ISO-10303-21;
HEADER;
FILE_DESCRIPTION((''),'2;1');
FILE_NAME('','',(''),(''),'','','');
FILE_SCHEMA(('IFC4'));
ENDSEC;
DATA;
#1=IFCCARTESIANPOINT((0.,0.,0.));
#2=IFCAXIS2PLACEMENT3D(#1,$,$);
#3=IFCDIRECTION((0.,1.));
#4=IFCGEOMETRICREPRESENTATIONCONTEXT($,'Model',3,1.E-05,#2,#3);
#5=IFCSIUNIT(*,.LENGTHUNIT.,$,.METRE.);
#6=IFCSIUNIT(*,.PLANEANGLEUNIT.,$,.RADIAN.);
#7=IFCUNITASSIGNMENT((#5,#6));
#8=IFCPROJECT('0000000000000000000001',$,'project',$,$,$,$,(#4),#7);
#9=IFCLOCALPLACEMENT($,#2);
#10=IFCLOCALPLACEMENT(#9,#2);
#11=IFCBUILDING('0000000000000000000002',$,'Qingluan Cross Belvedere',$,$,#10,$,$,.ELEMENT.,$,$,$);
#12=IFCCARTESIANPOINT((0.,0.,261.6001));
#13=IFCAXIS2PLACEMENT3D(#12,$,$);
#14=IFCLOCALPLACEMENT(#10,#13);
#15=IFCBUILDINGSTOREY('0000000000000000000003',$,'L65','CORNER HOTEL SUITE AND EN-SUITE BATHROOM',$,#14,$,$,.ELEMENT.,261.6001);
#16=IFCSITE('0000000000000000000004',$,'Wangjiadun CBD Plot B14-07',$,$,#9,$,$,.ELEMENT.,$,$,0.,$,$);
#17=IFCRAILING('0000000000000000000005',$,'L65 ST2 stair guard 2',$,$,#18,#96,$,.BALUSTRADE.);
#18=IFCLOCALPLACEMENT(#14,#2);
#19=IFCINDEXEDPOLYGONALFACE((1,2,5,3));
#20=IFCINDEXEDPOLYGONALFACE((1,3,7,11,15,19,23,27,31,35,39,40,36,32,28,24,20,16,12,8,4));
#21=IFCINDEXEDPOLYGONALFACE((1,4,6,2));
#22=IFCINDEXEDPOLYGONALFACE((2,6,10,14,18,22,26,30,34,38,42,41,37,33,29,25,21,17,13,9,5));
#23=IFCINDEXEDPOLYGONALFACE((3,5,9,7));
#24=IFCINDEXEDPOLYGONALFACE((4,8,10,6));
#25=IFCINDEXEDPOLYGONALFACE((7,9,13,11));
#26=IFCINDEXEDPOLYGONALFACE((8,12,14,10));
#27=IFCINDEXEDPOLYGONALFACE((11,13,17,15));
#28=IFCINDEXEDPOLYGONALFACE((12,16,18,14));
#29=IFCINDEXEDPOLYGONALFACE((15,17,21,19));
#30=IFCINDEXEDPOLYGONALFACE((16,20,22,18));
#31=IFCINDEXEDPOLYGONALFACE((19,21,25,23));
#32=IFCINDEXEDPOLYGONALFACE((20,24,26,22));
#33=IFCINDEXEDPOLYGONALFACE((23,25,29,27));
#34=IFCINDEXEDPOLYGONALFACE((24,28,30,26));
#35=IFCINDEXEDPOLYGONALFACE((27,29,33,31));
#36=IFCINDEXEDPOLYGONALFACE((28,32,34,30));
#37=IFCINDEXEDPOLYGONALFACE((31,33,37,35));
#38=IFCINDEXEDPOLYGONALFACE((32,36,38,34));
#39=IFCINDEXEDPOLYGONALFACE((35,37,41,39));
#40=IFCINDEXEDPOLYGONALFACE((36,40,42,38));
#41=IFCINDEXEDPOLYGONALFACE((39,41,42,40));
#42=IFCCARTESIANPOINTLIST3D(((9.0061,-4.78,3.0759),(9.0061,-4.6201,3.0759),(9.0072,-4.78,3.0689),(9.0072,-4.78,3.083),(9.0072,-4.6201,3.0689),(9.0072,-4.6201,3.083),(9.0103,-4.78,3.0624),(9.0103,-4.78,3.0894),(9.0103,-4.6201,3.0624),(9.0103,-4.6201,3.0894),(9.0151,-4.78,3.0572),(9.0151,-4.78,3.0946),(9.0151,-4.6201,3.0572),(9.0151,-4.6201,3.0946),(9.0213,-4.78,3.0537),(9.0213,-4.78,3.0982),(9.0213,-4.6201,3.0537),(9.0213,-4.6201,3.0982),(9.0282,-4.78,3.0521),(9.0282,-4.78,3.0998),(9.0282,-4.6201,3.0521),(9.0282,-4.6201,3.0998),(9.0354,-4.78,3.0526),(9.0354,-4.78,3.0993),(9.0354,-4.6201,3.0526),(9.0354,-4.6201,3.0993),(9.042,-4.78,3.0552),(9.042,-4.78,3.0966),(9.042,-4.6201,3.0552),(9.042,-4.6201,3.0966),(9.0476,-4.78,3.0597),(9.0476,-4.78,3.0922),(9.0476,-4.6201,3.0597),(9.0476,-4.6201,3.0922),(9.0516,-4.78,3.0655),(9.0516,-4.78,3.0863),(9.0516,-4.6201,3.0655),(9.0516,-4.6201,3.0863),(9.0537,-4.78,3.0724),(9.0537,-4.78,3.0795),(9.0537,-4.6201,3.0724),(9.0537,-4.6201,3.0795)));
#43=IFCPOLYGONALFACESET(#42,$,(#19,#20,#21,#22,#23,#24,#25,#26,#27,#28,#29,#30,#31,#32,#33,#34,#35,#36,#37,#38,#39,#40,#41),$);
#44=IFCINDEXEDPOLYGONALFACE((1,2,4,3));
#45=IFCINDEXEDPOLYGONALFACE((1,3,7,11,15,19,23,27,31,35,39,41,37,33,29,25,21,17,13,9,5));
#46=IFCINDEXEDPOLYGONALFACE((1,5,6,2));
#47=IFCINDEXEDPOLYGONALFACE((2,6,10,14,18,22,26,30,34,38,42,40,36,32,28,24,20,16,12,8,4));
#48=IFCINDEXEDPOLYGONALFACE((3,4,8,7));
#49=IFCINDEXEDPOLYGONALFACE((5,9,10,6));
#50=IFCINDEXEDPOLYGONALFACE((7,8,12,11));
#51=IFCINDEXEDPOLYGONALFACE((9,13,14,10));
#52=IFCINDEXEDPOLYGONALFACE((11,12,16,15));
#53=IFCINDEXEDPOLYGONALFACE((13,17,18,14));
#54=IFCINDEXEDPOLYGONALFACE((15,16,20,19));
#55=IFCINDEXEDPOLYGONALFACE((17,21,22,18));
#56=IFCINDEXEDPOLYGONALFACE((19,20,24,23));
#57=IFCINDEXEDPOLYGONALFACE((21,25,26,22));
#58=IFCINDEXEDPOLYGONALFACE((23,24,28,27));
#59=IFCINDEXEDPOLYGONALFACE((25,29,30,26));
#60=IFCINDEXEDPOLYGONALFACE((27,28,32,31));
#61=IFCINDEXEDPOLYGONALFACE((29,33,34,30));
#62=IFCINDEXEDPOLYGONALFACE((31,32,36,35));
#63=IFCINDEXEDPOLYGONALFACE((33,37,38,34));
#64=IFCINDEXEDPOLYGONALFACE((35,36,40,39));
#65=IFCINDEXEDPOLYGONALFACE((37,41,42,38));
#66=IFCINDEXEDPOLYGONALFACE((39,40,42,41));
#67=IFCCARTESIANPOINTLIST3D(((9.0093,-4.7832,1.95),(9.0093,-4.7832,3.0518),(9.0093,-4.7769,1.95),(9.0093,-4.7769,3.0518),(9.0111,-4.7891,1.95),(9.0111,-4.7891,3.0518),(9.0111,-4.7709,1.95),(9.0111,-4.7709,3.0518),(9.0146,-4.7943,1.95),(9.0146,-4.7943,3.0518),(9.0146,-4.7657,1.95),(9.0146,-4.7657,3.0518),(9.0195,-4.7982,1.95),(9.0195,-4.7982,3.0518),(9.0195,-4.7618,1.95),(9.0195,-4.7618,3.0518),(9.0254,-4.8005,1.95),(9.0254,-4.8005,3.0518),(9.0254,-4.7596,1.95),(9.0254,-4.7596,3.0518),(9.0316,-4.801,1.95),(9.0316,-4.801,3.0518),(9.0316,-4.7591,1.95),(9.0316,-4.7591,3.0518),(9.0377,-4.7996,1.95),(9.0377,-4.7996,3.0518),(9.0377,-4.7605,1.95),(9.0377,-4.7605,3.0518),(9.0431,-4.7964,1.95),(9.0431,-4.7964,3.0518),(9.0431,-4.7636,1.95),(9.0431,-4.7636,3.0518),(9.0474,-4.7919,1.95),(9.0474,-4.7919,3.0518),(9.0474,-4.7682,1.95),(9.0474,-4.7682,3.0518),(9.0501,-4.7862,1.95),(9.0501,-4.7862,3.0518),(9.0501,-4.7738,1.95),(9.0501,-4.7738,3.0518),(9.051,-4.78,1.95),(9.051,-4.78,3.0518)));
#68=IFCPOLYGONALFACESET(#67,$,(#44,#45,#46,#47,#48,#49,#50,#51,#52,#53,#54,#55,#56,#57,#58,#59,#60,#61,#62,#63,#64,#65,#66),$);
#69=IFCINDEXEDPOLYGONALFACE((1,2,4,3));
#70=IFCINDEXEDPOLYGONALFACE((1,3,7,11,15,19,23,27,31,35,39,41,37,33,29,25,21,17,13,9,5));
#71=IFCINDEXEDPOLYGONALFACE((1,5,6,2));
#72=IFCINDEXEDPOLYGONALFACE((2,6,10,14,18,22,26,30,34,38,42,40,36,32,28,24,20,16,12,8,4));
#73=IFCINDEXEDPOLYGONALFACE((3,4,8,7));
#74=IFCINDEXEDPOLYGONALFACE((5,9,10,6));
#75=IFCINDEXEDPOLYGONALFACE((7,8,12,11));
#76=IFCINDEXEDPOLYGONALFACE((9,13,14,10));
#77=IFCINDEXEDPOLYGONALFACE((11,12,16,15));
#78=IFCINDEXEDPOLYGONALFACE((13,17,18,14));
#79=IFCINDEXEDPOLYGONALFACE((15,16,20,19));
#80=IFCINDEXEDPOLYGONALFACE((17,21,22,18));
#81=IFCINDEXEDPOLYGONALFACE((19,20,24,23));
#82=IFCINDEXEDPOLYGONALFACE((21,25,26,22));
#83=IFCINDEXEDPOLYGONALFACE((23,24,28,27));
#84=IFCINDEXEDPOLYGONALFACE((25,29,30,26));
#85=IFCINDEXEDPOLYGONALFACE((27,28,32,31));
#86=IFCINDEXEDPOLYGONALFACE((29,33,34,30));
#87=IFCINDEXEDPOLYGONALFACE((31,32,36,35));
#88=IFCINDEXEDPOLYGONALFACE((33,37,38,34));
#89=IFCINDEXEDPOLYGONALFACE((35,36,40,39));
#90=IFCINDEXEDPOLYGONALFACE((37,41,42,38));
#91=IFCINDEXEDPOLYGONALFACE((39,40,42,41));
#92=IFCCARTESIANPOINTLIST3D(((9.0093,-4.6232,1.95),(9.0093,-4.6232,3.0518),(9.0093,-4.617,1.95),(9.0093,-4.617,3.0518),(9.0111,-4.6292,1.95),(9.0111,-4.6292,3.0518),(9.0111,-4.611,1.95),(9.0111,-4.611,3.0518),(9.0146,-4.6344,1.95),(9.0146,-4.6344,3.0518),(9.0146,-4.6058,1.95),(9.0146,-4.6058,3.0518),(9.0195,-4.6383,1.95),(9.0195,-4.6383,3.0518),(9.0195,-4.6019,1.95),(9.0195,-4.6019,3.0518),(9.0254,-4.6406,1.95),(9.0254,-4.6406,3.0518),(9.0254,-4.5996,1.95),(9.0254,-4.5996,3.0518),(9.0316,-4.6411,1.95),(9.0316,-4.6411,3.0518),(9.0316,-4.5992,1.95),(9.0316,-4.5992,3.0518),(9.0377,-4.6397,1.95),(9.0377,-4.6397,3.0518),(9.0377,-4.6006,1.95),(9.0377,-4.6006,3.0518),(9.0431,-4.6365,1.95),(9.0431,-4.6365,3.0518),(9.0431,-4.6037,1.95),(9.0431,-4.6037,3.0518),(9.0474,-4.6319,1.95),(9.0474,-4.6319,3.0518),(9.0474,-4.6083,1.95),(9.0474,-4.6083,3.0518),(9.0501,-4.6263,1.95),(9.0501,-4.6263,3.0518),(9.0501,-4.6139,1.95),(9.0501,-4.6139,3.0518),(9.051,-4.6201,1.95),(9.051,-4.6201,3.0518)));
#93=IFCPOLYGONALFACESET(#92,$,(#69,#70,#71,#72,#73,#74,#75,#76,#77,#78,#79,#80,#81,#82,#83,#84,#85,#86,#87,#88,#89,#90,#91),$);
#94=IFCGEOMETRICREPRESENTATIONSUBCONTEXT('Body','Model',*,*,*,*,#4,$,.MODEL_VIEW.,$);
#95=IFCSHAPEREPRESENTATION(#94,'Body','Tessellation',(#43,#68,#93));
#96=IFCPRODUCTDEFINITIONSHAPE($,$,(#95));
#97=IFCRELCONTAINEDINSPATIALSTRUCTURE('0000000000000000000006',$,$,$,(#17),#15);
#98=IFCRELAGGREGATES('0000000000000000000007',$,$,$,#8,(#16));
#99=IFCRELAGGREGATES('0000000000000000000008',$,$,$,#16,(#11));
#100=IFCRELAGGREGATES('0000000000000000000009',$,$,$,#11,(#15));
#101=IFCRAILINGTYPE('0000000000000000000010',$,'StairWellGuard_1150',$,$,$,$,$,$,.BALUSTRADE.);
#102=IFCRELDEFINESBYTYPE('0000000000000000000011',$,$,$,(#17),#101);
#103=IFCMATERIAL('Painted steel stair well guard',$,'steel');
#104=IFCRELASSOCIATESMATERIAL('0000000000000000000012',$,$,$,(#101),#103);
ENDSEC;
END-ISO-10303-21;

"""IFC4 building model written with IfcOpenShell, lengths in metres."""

from ifc_helpers import new_model, si_unit, direction, frame, origin, origin_2d, place, context, subcontext, project, spatial, circle, extrude, material, type_object, element, save


model = new_model("IFC4")

# Units and contexts
model_context = context("Model", 3, precision=1e-05, world=origin(), true_north=direction((0.0, 1.0)))
body_context = subcontext(model_context, "Body", "Model", "MODEL_VIEW")
ifc_project = project(units=[si_unit("LENGTHUNIT", "METRE"), si_unit("PLANEANGLEUNIT", "RADIAN")], contexts=[model_context])

# Site, building, storey
site_placement = place(None, origin())
site = spatial("IfcSite", under=ifc_project, at=site_placement, Name="Wangjiadun CBD Plot B14-07", CompositionType="ELEMENT", RefElevation=0.0)
building_placement = place(site_placement, origin())
building = spatial("IfcBuilding", under=site, at=building_placement, Name="Qingluan Cross Belvedere", CompositionType="ELEMENT")
storey_placement = place(building_placement, frame((0.0, 0.0, 261.6001)))
storey = spatial("IfcBuildingStorey", under=building, at=storey_placement, Name="L65", Description="CORNER HOTEL SUITE AND EN-SUITE BATHROOM", CompositionType="ELEMENT", Elevation=261.6001)

# Railing
ifc_material_1 = material(Name="Painted steel stair well guard", Category="steel")
railing_type_1 = type_object("IfcRailingType", Name="StairWellGuard_1150", PredefinedType="BALUSTRADE", material=ifc_material_1)
railing_1_placement = place(storey_placement, frame((9.03, -4.78, 1.95)))
element("IfcRailing", 1, at=railing_1_placement, inside=storey, type_object=railing_type_1, Name="L65 ST2 stair guard 2", PredefinedType="BALUSTRADE", context=body_context, shape_type="SweptSolid", body=[
    extrude(circle(Radius=0.0239, at=origin_2d()), frame((0.0, 0.0, 1.126), z_axis=(0.0, 1.0, 0.0), x_axis=(-1.0, 0.0, 0.0)), (0.0, 0.0, 1.0), 0.1599),
    extrude(circle(Radius=0.021, at=origin_2d()), origin(), (0.0, 0.0, 1.0), 1.1018),
    extrude(circle(Radius=0.021, at=origin_2d()), frame((0.0, 0.1599, 0.0)), (0.0, 0.0, 1.0), 1.1018),
])

save(model, "model.ifc")
